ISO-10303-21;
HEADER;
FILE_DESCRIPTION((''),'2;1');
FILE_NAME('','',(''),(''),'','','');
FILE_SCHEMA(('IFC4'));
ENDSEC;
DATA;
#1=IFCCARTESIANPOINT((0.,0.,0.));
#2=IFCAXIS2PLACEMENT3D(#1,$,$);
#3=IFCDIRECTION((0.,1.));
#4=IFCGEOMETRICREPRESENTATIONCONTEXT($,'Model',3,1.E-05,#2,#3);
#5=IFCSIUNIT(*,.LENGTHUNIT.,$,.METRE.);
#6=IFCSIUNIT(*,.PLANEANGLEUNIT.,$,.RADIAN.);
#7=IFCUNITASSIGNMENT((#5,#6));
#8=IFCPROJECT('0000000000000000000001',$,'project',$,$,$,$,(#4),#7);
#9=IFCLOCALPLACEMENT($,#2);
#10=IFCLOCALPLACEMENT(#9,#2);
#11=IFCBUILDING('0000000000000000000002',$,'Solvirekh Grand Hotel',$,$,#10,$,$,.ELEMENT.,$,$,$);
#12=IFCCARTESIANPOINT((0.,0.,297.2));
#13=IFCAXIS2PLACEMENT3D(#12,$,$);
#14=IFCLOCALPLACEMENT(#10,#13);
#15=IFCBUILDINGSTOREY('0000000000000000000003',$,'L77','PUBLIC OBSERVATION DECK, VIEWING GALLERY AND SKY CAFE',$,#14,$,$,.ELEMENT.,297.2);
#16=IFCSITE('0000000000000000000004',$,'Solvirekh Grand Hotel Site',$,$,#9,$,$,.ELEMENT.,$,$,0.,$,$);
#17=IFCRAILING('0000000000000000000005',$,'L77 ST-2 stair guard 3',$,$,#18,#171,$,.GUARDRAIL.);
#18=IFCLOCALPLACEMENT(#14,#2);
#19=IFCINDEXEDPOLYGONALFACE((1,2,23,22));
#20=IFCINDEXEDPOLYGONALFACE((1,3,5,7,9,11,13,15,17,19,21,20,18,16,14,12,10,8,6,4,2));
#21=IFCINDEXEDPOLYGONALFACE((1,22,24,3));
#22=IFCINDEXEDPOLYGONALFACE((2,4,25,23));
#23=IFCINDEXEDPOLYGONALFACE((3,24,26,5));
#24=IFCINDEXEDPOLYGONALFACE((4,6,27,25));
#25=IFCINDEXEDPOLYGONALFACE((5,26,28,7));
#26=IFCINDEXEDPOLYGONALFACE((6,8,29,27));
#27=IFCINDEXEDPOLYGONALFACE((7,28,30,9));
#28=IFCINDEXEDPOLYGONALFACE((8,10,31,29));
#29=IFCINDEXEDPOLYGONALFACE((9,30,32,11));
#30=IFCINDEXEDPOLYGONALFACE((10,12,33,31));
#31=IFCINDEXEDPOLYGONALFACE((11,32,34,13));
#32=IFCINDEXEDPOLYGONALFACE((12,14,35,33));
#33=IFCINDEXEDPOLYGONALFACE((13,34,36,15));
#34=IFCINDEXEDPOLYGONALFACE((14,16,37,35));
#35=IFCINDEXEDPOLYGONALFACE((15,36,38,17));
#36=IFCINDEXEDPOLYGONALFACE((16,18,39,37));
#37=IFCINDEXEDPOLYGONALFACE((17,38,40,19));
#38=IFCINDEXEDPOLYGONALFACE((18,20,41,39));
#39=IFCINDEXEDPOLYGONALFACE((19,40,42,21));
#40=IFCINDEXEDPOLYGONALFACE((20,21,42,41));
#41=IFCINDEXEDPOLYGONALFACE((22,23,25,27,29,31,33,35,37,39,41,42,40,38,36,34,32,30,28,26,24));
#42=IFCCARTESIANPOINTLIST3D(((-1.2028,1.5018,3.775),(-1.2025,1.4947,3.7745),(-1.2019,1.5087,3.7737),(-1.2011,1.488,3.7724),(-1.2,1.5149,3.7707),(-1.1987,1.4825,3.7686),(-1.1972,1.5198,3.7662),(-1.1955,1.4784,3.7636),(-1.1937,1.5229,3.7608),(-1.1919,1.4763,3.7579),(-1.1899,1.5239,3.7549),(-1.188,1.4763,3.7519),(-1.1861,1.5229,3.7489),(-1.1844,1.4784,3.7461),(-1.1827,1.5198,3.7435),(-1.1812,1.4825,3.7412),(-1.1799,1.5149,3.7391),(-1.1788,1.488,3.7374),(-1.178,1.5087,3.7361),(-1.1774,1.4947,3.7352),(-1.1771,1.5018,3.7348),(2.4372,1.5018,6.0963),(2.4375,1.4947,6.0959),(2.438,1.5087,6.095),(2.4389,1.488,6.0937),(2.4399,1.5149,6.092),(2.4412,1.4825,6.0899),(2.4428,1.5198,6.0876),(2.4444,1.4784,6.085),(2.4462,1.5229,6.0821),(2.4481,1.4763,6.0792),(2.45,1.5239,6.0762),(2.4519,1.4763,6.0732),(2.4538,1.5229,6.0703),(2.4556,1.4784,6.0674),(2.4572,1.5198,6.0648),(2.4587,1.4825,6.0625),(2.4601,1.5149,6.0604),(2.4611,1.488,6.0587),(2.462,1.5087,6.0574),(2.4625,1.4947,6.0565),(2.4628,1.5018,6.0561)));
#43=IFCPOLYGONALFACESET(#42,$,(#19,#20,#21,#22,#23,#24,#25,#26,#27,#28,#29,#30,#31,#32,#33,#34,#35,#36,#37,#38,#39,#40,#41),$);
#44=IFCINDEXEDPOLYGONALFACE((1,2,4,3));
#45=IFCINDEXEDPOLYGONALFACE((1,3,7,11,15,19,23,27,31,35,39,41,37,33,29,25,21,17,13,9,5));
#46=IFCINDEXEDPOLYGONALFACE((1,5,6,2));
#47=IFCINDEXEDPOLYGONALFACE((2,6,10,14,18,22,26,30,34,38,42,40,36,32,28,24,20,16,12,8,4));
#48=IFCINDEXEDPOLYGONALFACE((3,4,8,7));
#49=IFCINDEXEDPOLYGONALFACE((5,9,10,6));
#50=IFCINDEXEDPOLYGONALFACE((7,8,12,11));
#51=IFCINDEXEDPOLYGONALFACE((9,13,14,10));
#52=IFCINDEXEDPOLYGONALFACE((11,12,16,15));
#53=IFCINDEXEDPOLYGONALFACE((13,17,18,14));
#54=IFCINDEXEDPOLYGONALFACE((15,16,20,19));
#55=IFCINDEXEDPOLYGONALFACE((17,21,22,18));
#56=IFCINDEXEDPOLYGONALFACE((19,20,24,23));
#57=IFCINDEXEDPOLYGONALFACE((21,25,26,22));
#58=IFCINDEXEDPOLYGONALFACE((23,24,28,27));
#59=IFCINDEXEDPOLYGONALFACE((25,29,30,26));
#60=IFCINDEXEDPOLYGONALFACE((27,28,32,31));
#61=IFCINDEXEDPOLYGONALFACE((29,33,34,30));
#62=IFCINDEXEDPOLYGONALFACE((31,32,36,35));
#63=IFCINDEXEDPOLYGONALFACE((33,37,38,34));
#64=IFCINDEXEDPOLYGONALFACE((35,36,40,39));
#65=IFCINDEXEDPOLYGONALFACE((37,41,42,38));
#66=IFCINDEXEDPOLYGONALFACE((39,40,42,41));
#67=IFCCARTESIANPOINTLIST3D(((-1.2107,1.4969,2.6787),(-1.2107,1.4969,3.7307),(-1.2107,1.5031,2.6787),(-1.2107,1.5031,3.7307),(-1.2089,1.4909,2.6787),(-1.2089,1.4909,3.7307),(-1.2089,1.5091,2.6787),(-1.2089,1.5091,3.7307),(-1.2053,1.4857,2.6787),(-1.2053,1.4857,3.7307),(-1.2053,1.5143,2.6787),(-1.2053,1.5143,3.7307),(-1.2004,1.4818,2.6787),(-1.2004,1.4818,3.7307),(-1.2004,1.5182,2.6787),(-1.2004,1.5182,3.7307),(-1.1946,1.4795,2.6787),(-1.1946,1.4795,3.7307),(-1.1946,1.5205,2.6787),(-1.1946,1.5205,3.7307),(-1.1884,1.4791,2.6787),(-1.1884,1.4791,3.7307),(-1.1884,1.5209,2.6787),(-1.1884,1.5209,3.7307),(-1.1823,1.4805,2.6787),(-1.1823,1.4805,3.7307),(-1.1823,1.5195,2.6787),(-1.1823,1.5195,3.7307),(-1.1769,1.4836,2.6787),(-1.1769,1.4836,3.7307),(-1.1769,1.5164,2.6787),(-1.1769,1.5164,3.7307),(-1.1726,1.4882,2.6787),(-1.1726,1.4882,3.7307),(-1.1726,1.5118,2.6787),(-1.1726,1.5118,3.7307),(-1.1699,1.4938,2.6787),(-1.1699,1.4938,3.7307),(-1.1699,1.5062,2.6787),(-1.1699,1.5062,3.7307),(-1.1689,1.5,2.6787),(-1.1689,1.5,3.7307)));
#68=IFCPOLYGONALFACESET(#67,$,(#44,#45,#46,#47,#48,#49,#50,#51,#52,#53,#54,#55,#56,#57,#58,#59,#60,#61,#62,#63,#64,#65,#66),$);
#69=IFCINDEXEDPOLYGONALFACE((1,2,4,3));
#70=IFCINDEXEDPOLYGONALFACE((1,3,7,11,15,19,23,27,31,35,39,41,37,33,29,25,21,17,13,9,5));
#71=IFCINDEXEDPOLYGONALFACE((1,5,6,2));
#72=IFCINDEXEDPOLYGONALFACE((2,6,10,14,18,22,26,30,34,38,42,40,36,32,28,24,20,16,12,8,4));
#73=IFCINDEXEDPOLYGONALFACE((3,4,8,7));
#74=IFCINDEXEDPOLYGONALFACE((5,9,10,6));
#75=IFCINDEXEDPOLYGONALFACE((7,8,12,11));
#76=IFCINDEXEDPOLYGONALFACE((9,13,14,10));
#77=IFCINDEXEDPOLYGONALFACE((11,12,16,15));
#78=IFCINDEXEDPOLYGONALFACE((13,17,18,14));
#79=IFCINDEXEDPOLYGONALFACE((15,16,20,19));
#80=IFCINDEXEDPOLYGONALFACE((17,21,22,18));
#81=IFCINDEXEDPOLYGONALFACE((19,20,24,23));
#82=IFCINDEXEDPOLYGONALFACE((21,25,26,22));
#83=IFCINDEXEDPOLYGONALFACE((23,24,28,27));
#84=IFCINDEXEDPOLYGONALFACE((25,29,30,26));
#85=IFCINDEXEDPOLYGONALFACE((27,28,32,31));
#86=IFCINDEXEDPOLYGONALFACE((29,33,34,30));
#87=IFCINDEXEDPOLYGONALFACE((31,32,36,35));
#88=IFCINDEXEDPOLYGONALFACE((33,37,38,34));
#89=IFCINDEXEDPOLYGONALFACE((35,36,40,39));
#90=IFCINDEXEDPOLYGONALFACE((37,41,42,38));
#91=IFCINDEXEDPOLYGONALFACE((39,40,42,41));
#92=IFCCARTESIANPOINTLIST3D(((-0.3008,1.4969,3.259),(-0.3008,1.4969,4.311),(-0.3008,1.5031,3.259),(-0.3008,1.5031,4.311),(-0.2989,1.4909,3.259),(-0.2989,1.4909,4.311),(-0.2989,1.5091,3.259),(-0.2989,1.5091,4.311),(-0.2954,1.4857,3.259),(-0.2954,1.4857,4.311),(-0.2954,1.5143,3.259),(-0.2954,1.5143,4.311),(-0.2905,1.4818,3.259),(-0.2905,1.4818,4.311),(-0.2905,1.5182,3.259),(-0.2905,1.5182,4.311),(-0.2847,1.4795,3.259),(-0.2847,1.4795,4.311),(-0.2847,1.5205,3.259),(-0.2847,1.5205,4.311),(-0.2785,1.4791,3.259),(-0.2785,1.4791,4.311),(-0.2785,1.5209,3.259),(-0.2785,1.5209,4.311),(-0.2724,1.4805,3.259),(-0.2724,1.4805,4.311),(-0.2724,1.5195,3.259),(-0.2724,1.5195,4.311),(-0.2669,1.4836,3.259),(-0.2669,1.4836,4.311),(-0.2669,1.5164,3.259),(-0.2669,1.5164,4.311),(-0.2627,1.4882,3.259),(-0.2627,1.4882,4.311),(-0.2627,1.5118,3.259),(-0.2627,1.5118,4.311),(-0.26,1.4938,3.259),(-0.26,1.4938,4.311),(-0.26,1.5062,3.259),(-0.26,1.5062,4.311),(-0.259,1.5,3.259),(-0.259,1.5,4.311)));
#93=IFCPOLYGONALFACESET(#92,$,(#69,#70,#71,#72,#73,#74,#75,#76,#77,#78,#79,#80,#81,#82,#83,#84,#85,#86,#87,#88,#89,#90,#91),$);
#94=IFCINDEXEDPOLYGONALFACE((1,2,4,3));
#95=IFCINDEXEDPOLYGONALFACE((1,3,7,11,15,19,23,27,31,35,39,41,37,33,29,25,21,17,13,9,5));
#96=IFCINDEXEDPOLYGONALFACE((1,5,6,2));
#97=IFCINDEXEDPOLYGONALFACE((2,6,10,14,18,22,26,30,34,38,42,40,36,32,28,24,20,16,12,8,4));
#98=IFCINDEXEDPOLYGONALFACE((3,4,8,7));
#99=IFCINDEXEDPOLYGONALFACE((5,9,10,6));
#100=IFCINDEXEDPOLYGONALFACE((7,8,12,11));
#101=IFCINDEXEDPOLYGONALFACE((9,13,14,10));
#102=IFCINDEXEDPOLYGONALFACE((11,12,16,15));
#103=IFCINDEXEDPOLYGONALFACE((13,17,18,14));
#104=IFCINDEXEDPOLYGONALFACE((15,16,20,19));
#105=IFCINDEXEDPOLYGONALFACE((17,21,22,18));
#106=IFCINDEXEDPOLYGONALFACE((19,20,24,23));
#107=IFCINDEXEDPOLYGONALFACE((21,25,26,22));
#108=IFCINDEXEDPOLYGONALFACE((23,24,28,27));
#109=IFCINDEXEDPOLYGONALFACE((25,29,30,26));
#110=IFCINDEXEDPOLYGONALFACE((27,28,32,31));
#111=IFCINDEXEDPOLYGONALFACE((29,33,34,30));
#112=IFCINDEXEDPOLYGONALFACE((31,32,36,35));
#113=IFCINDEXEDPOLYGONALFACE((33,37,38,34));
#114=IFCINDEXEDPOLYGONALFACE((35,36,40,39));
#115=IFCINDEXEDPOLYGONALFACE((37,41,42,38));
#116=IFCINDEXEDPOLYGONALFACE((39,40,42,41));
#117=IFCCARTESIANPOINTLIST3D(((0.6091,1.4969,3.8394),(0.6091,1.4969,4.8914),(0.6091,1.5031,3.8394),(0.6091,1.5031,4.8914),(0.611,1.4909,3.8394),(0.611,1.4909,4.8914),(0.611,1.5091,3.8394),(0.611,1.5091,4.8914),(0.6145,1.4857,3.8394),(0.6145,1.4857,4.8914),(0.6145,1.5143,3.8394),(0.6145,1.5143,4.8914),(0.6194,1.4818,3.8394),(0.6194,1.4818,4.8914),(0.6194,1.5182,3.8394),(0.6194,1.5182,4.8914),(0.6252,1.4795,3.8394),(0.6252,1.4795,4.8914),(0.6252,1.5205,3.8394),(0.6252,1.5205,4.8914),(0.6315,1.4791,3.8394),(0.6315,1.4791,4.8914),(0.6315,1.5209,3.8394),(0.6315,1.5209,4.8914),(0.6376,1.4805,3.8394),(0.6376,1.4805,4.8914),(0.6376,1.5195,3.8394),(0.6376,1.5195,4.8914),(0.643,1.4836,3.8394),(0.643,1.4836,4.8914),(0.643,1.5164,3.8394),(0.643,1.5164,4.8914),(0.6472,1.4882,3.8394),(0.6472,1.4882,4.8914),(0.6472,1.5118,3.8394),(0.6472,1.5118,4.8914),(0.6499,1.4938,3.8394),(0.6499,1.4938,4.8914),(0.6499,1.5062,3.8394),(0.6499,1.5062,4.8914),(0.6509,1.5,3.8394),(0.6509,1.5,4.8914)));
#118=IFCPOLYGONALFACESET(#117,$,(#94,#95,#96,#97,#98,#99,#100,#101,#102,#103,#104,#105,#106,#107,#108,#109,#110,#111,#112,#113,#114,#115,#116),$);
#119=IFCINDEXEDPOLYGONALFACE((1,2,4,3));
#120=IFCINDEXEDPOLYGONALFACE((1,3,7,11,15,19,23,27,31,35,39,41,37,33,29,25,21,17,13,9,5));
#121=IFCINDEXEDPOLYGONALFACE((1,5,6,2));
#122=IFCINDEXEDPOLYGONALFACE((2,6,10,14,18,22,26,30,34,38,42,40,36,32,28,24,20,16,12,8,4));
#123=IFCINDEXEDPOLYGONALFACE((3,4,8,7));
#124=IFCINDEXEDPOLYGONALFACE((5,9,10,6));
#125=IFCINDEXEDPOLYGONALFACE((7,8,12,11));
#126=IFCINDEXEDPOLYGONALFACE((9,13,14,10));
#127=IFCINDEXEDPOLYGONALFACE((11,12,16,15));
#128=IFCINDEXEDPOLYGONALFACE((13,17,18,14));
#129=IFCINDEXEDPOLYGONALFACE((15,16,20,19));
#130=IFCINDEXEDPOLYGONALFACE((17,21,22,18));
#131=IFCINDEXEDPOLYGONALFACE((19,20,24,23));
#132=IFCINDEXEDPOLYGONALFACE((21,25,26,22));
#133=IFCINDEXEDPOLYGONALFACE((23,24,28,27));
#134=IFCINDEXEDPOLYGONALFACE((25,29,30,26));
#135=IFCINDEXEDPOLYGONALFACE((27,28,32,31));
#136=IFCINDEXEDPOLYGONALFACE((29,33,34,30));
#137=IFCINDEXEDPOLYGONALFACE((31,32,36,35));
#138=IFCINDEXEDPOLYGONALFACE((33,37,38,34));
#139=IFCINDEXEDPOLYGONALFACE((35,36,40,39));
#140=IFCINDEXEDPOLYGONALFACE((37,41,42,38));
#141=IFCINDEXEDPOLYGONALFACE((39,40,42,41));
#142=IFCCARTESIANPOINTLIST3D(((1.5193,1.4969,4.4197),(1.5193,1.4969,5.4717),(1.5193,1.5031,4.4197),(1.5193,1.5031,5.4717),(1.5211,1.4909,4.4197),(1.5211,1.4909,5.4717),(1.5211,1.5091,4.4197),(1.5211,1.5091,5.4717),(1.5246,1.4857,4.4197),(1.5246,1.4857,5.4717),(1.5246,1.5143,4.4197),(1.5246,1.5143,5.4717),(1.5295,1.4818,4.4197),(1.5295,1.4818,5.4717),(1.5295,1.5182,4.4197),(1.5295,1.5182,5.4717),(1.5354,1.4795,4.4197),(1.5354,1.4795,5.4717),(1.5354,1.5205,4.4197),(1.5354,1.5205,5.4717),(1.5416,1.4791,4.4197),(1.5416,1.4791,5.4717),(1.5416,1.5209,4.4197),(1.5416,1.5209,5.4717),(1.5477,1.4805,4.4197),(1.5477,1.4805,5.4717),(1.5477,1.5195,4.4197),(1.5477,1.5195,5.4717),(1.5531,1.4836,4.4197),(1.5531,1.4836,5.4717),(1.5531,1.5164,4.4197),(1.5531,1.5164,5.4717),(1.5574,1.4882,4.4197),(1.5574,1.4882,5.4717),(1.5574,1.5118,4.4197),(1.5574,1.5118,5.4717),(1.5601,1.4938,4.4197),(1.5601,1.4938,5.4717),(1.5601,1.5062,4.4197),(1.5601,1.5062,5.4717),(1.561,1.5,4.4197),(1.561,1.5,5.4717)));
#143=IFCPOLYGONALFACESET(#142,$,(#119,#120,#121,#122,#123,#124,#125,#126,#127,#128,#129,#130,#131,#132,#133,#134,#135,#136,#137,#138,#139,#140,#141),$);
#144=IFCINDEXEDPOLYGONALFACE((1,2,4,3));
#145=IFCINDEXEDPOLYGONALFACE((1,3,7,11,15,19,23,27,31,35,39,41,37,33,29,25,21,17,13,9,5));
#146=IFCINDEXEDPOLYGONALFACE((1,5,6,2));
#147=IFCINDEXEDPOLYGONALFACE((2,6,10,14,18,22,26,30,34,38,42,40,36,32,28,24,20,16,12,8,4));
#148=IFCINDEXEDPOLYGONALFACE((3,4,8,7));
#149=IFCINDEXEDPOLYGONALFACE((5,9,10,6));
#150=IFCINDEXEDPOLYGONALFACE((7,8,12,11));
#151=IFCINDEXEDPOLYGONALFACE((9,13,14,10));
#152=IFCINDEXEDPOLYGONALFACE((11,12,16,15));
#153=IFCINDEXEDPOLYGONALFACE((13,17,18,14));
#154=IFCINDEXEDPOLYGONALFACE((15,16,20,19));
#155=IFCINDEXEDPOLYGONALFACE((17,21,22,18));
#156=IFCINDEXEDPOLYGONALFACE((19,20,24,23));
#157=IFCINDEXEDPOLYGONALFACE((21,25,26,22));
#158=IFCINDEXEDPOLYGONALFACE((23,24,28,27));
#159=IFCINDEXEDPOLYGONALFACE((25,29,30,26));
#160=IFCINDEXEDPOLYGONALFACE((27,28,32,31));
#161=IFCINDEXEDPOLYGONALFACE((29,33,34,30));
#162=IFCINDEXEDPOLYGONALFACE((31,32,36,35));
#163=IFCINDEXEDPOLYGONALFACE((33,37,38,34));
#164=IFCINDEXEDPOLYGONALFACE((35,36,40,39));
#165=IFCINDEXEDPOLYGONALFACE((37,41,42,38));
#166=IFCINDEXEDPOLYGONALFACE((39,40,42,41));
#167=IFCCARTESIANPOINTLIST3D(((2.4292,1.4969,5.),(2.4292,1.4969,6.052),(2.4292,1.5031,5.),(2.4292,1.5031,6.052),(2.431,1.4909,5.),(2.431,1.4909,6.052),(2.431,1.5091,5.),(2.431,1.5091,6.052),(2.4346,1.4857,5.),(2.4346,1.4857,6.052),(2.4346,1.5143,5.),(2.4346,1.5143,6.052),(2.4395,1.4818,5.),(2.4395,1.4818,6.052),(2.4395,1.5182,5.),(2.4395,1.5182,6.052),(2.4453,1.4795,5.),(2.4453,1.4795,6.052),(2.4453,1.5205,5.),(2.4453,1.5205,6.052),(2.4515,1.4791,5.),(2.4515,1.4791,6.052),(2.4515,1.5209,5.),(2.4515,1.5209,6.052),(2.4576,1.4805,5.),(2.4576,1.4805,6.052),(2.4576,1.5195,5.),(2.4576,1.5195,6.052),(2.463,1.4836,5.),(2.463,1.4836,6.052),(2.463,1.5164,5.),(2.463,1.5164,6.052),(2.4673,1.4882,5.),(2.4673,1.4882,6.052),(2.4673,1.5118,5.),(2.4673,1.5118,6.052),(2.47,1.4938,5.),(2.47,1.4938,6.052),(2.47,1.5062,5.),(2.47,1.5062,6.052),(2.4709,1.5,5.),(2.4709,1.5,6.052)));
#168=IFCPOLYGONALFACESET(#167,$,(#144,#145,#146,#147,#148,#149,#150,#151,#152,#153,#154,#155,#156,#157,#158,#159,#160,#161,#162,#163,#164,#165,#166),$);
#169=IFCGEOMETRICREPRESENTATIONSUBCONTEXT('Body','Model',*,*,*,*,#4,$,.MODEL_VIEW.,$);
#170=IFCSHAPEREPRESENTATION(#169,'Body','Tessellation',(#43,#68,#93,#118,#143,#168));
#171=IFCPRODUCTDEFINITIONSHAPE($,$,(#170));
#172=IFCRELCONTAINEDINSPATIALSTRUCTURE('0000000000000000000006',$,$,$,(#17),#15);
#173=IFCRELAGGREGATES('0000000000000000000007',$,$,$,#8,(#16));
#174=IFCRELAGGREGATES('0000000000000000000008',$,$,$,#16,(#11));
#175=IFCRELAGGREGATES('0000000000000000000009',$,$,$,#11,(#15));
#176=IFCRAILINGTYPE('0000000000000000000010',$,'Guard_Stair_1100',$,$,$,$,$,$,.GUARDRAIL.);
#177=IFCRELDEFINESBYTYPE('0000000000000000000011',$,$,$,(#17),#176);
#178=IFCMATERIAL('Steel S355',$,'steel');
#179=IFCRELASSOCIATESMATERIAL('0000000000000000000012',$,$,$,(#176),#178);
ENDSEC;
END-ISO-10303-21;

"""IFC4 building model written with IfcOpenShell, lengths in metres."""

from ifc_helpers import new_model, si_unit, direction, frame, origin, origin_2d, place, context, subcontext, project, spatial, circle, extrude, material, type_object, element, save


model = new_model("IFC4")

# Units and contexts
model_context = context("Model", 3, precision=1e-05, world=origin(), true_north=direction((0.0, 1.0)))
body_context = subcontext(model_context, "Body", "Model", "MODEL_VIEW")
ifc_project = project(units=[si_unit("LENGTHUNIT", "METRE"), si_unit("PLANEANGLEUNIT", "RADIAN")], contexts=[model_context])

# Site, building, storey
site_placement = place(None, origin())
site = spatial("IfcSite", under=ifc_project, at=site_placement, Name="Solvirekh Grand Hotel Site", CompositionType="ELEMENT", RefElevation=0.0)
building_placement = place(site_placement, origin())
building = spatial("IfcBuilding", under=site, at=building_placement, Name="Solvirekh Grand Hotel", CompositionType="ELEMENT")
storey_placement = place(building_placement, frame((0.0, 0.0, 297.2)))
storey = spatial("IfcBuildingStorey", under=building, at=storey_placement, Name="L77", Description="PUBLIC OBSERVATION DECK, VIEWING GALLERY AND SKY CAFE", CompositionType="ELEMENT", Elevation=297.2)

# Railing
ifc_material_1 = material(Name="Steel S355", Category="steel")
railing_type_1 = type_object("IfcRailingType", Name="Guard_Stair_1100", PredefinedType="GUARDRAIL", material=ifc_material_1)
railing_1_placement = place(storey_placement, frame((-1.1899, 1.5, 2.6787)))
element("IfcRailing", 1, at=railing_1_placement, inside=storey, type_object=railing_type_1, Name="L77 ST-2 stair guard 3", PredefinedType="GUARDRAIL", context=body_context, shape_type="SweptSolid", body=[
    extrude(circle(Radius=0.0239, at=origin_2d()), frame((0.0, 0.0, 1.0762), z_axis=(0.843137, 0.0, 0.537699), x_axis=(0.0, 1.0, 0.0)), (0.0, 0.0, 1.0), 4.3171),
    extrude(circle(Radius=0.021, at=origin_2d()), origin(), (0.0, 0.0, 1.0), 1.052),
    extrude(circle(Radius=0.021, at=origin_2d()), frame((0.9099, 0.0, 0.5803)), (0.0, 0.0, 1.0), 1.052),
    extrude(circle(Radius=0.021, at=origin_2d()), frame((1.8198, 0.0, 1.1606)), (0.0, 0.0, 1.0), 1.052),
    extrude(circle(Radius=0.021, at=origin_2d()), frame((2.73, 0.0, 1.741)), (0.0, 0.0, 1.0), 1.052),
    extrude(circle(Radius=0.021, at=origin_2d()), frame((3.6399, 0.0, 2.3213)), (0.0, 0.0, 1.0), 1.052),
])

save(model, "model.ifc")
